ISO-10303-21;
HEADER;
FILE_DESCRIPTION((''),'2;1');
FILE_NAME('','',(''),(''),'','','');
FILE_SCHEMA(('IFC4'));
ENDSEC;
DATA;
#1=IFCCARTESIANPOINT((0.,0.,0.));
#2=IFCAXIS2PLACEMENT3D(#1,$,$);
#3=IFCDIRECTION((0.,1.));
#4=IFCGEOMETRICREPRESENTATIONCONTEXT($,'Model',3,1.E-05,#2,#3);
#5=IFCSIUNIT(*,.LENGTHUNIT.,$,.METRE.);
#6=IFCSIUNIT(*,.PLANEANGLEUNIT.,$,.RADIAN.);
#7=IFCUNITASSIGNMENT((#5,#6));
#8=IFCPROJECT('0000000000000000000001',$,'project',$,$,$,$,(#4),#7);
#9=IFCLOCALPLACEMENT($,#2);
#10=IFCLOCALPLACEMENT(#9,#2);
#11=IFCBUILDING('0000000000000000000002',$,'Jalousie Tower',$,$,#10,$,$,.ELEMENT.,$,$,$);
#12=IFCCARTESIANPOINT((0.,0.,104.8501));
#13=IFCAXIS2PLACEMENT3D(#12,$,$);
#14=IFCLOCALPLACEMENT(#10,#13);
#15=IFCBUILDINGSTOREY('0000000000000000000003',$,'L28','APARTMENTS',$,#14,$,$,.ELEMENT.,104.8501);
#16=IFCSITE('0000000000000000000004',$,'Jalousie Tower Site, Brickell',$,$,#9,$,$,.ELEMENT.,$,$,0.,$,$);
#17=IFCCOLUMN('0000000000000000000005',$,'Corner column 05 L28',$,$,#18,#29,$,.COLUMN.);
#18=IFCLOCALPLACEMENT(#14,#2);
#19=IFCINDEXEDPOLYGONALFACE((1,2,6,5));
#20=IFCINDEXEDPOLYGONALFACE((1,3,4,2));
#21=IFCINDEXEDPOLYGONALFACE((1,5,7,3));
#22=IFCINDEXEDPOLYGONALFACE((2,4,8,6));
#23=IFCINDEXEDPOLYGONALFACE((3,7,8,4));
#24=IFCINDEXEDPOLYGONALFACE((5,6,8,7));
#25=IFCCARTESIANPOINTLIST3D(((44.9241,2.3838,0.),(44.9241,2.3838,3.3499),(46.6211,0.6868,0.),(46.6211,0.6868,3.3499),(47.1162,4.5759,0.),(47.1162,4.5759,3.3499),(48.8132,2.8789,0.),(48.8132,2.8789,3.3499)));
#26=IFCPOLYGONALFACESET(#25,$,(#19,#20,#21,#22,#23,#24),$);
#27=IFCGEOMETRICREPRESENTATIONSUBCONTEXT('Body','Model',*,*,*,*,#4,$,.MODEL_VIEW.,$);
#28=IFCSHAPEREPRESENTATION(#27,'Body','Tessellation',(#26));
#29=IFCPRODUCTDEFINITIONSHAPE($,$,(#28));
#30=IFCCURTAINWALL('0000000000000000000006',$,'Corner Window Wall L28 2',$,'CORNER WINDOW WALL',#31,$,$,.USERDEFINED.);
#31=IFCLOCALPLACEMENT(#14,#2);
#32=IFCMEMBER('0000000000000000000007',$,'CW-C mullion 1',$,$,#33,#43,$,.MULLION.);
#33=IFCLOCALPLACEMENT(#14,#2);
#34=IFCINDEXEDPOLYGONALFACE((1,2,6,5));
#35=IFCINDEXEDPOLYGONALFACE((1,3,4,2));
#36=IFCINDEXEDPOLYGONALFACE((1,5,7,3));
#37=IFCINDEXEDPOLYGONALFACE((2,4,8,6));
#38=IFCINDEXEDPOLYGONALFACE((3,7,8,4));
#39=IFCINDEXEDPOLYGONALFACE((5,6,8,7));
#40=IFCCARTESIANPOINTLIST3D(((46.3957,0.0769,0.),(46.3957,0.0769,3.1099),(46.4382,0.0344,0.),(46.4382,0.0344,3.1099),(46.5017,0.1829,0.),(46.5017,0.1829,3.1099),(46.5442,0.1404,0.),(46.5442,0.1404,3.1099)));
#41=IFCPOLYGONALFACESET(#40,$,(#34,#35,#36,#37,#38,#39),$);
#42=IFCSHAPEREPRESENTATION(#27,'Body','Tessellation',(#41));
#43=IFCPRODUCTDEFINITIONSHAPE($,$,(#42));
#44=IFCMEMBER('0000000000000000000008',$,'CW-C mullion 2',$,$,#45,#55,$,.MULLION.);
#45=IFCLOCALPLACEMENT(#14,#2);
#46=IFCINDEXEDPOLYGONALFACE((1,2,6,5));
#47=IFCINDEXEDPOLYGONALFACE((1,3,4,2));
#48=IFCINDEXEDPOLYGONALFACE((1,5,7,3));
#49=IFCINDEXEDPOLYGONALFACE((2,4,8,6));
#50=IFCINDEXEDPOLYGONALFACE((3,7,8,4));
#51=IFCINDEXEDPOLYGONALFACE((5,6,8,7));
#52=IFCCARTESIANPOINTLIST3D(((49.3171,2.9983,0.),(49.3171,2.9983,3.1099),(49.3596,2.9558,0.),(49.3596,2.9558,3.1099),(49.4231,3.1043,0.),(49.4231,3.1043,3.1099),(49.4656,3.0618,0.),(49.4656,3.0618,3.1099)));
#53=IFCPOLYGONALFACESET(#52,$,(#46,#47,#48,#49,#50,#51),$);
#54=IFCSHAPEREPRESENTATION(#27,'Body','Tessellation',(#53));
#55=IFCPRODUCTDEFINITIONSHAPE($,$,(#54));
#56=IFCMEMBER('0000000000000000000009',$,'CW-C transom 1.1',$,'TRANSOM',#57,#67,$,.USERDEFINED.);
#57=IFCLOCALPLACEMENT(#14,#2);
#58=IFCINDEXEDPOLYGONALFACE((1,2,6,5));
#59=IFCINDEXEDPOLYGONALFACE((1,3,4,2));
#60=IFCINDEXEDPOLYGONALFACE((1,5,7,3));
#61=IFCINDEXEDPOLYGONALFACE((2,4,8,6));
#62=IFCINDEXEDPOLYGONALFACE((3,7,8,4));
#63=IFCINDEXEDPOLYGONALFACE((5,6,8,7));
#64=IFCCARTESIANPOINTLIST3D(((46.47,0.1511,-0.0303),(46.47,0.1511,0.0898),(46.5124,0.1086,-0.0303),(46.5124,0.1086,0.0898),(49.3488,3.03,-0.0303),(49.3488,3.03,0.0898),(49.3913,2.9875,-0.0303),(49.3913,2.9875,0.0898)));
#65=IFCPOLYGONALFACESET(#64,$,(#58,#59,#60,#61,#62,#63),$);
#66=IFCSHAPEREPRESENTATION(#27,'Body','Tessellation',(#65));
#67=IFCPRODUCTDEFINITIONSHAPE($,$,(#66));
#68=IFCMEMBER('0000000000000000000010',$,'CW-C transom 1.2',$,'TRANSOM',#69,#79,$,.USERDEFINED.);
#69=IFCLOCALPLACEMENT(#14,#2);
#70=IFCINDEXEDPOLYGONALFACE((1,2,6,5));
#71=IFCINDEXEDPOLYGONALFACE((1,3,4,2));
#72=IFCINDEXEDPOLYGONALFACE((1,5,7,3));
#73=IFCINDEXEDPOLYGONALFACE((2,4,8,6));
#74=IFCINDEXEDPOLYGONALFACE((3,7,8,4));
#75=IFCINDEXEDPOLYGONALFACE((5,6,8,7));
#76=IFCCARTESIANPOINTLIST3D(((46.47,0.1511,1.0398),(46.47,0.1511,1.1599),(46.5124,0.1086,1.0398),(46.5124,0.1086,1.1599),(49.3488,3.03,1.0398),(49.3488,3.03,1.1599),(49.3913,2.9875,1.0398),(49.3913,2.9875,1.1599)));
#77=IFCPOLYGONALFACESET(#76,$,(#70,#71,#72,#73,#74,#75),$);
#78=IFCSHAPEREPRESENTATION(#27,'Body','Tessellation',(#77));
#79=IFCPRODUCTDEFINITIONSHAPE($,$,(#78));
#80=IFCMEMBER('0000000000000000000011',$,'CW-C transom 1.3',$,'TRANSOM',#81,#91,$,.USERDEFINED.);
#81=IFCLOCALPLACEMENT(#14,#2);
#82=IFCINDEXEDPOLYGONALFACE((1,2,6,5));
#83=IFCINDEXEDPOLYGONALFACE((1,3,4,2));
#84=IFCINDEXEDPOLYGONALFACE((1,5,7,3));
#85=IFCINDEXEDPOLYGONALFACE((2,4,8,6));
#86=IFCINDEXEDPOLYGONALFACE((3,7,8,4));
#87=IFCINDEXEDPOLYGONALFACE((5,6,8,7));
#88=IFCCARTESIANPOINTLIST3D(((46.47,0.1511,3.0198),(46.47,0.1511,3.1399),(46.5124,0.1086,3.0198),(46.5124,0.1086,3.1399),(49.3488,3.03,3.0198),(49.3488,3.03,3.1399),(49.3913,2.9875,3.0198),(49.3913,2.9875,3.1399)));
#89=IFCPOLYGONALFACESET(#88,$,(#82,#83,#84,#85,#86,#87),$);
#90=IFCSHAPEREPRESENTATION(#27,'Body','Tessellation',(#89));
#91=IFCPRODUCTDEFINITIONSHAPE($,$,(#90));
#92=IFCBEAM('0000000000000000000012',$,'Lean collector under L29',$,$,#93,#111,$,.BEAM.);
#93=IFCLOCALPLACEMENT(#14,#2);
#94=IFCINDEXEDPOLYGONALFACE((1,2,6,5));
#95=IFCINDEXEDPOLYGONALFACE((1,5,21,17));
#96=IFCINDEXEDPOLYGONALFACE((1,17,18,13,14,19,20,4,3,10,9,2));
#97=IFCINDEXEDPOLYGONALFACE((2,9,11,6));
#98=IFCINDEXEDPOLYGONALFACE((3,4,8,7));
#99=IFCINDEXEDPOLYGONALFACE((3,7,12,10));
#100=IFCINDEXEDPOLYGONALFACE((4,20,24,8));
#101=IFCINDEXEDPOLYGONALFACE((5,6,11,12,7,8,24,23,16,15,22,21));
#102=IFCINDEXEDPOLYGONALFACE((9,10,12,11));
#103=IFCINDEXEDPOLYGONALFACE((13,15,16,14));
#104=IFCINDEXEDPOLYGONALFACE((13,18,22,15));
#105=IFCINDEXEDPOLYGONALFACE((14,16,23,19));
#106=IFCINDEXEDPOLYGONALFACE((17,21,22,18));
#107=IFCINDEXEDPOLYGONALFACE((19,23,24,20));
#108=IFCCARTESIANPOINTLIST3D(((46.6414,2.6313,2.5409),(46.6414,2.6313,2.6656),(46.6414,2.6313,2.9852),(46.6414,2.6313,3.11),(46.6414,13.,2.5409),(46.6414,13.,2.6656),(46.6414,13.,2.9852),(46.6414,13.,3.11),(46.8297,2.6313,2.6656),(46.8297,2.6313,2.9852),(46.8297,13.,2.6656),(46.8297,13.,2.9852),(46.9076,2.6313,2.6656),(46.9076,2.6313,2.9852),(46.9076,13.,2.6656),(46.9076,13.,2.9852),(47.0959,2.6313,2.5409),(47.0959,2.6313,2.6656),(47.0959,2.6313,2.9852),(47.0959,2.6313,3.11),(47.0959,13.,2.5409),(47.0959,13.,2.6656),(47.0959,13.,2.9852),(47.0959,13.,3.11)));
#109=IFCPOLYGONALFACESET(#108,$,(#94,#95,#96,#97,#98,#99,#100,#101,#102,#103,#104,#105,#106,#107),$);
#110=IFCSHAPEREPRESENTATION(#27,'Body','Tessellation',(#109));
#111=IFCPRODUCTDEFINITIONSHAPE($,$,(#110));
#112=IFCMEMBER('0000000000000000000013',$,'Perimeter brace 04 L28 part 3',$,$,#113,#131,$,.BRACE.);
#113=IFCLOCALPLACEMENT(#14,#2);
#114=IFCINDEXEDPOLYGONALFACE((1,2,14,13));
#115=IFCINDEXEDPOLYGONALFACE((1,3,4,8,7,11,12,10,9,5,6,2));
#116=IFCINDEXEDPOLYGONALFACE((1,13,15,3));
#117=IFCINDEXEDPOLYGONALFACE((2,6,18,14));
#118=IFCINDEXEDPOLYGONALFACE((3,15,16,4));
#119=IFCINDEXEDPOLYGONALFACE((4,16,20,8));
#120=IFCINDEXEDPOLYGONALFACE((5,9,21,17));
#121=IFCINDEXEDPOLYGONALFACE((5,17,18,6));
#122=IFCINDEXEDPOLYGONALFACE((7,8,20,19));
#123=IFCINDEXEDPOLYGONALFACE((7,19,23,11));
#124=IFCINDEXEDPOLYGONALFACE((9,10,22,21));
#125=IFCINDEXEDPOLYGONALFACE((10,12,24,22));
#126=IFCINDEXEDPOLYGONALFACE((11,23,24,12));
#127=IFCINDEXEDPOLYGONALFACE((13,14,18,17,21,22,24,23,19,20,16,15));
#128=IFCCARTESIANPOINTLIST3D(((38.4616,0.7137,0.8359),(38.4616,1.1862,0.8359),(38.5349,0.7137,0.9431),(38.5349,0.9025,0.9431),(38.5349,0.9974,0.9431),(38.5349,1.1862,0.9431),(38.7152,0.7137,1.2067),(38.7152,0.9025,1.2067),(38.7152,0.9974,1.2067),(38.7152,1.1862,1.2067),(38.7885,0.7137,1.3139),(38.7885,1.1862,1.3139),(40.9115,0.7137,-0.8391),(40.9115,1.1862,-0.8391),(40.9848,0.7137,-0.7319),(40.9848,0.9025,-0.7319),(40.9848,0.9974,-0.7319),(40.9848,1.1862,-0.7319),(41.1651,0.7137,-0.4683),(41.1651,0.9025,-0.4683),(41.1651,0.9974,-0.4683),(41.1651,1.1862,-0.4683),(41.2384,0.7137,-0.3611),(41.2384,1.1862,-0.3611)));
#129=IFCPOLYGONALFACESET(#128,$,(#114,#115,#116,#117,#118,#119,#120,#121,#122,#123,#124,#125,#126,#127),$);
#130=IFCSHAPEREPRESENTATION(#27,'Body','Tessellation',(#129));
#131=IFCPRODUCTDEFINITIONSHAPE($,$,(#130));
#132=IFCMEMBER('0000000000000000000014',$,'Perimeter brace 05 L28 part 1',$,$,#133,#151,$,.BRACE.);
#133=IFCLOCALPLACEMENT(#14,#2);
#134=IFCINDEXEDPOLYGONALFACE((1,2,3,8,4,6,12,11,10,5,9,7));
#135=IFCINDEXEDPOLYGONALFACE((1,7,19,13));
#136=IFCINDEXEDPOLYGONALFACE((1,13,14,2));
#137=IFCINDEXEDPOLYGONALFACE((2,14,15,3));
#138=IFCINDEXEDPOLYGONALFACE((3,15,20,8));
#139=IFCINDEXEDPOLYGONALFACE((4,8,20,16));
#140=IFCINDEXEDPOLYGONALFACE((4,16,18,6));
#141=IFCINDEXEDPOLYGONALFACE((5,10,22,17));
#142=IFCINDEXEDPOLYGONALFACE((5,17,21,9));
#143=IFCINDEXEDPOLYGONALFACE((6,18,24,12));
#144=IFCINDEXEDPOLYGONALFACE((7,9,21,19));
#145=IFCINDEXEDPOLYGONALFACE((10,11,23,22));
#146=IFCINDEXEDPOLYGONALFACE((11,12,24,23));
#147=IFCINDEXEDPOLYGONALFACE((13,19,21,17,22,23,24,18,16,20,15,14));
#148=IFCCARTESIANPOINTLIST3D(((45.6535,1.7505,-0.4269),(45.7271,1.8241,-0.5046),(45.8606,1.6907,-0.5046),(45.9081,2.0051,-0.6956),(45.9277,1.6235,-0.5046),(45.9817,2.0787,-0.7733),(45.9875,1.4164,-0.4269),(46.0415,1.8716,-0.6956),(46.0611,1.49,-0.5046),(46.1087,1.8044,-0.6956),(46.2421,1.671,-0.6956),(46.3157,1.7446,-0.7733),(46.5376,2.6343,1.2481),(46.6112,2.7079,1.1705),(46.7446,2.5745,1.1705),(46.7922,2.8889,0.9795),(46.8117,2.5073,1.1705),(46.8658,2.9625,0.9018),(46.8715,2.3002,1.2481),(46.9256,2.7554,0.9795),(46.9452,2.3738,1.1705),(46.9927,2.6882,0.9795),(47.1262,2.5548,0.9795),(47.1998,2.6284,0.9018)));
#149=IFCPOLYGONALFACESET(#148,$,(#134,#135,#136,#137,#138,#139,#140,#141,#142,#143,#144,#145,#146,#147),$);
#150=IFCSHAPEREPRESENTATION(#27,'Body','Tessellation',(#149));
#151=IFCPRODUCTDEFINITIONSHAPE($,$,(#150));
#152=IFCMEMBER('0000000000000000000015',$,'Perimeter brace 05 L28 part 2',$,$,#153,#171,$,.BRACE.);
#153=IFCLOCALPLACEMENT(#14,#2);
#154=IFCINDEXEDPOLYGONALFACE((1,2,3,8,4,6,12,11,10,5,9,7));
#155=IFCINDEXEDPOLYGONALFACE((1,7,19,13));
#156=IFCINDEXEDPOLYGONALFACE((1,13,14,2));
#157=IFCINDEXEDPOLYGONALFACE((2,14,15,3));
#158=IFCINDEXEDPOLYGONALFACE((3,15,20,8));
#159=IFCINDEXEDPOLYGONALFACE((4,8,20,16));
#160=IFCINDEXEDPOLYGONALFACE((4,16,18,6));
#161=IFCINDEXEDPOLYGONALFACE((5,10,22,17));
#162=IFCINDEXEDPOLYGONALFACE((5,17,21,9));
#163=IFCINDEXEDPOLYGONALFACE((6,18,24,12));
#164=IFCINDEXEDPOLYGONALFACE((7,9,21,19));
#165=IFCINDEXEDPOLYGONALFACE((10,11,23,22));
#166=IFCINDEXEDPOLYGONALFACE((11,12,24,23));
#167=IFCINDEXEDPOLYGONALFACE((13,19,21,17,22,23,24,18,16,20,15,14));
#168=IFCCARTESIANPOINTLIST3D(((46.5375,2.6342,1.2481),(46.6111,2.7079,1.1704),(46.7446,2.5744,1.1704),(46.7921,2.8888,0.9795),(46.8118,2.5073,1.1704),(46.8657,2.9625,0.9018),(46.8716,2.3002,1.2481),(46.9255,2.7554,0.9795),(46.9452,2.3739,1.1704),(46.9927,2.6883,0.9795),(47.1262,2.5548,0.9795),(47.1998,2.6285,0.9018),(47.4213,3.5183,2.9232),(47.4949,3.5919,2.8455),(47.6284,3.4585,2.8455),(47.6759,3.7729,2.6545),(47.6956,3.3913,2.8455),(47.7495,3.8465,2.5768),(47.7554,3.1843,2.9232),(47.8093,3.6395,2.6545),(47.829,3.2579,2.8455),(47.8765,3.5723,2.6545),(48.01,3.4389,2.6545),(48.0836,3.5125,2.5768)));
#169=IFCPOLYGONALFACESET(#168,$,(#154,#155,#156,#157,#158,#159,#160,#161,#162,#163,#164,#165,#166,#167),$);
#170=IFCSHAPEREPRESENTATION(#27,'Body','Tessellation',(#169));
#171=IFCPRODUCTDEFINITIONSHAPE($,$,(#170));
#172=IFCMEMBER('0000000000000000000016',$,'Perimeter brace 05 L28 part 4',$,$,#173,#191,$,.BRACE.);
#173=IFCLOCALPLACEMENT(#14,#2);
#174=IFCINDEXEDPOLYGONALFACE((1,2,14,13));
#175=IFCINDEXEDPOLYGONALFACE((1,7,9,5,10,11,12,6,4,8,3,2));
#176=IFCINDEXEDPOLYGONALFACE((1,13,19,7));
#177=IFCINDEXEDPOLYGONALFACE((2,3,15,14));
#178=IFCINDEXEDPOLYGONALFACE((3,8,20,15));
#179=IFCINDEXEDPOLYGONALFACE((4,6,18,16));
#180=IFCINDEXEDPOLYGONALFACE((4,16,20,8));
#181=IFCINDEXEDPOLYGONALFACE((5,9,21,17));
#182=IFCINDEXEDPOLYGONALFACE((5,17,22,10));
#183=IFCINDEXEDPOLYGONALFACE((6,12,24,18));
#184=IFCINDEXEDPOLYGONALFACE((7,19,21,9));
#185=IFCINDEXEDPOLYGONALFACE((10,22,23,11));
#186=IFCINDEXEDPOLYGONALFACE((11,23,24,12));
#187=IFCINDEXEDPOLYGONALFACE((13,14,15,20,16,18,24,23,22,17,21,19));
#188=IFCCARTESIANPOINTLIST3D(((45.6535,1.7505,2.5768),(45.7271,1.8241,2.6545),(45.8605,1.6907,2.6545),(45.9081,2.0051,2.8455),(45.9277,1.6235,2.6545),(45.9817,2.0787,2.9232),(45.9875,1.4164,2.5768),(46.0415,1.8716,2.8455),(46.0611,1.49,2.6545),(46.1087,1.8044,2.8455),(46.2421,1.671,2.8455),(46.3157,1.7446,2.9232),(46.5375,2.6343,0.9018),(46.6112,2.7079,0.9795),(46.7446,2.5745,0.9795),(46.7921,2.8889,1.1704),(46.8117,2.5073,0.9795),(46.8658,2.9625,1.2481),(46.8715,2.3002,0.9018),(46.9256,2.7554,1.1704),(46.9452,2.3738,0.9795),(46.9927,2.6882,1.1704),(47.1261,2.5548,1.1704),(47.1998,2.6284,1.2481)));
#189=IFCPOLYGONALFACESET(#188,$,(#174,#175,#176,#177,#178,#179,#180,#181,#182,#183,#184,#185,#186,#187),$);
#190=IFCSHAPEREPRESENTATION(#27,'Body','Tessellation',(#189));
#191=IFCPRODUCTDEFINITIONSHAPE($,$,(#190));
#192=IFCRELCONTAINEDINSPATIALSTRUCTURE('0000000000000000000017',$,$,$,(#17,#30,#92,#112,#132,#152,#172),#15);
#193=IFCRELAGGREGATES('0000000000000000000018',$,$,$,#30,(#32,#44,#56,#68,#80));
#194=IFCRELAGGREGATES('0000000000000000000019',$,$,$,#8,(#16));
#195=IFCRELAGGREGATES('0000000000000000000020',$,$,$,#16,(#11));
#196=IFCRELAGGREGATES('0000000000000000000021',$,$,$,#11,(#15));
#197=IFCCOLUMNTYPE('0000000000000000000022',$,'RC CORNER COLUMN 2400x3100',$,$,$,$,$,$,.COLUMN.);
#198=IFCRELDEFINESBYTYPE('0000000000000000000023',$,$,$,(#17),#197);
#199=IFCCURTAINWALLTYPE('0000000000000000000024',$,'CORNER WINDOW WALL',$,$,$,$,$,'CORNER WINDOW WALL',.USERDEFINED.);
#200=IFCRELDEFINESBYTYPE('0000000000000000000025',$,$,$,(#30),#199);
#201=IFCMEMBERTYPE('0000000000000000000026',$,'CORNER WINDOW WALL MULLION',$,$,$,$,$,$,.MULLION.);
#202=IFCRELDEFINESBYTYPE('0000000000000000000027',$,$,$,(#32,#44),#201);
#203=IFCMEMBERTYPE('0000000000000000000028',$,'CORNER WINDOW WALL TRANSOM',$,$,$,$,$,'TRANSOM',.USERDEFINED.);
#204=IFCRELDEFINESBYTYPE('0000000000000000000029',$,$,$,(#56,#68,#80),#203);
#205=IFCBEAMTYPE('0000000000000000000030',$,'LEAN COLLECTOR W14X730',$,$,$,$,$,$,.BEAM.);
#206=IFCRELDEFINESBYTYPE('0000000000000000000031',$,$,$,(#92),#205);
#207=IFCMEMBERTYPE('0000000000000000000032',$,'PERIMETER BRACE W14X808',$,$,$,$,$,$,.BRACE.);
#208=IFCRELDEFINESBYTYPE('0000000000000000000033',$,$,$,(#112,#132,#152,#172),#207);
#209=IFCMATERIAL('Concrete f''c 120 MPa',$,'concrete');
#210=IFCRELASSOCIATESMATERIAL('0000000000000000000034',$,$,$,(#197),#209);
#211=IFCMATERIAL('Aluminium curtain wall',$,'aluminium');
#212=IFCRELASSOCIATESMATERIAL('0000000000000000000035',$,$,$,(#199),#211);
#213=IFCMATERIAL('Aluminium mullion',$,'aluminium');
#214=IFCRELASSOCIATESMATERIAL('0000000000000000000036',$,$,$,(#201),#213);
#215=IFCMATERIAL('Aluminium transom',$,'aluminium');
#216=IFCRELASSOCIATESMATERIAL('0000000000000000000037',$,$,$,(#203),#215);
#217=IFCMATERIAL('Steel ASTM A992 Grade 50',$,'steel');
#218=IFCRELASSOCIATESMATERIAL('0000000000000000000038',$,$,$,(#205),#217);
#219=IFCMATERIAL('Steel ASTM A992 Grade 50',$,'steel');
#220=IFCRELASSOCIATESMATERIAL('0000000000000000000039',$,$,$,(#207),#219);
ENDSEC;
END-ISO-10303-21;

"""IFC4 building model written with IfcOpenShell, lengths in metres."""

from ifc_helpers import new_model, si_unit, direction, frame, origin, origin_2d, place, context, subcontext, project, spatial, rectangle, i_section, extrude, material, material_profile, profile_set, type_object, element, aggregate, save


model = new_model("IFC4")

# Units and contexts
model_context = context("Model", 3, precision=1e-05, world=origin(), true_north=direction((0.0, 1.0)))
body_context = subcontext(model_context, "Body", "Model", "MODEL_VIEW")
ifc_project = project(units=[si_unit("LENGTHUNIT", "METRE"), si_unit("PLANEANGLEUNIT", "RADIAN")], contexts=[model_context])

# Site, building, storey
site_placement = place(None, origin())
site = spatial("IfcSite", under=ifc_project, at=site_placement, Name="Jalousie Tower Site, Brickell", CompositionType="ELEMENT", RefElevation=0.0)
building_placement = place(site_placement, origin())
building = spatial("IfcBuilding", under=site, at=building_placement, Name="Jalousie Tower", CompositionType="ELEMENT")
storey_placement = place(building_placement, frame((0.0, 0.0, 104.8501)))
storey = spatial("IfcBuildingStorey", under=building, at=storey_placement, Name="L28", Description="APARTMENTS", CompositionType="ELEMENT", Elevation=104.8501)

# Column
ifc_material_1 = material(Name="Concrete f'c 120 MPa", Category="concrete")
ifc_material_profile_1 = material_profile(ifc_material_1, rectangle(XDim=2.3999, YDim=3.1001, at=origin_2d()), Name="RC 2400x3100")
ifc_profile_set_1 = profile_set([ifc_material_profile_1], Name="Concrete f'c 120 MPa")
column_type = type_object("IfcColumnType", Name="RC CORNER COLUMN 2400x3100", PredefinedType="COLUMN", material=ifc_profile_set_1)
column_placement = place(storey_placement, frame((46.8687, 2.6313, 0.0), z_axis=(0.0, 0.0, 1.0), x_axis=(-0.707107, 0.707107, 0.0)))
element("IfcColumn", 1, at=column_placement, inside=storey, type_object=column_type, Name="Corner column 05 L28", PredefinedType="COLUMN", context=body_context, shape_type="SweptSolid", body=[
    extrude(rectangle(XDim=2.3999, YDim=3.1001, at=origin_2d()), origin(), (0.0, 0.0, 1.0), 3.3499),
])

# Curtain wall, members
ifc_material_2 = material(Name="Aluminium curtain wall", Category="aluminium")
curtain_wall_type_1 = type_object("IfcCurtainWallType", Name="CORNER WINDOW WALL", ElementType="CORNER WINDOW WALL", PredefinedType="USERDEFINED", material=ifc_material_2)
curtain_wall_1_placement = place(storey_placement, origin())
curtain_wall_1 = element("IfcCurtainWall", 2, at=curtain_wall_1_placement, inside=storey, type_object=curtain_wall_type_1, Name="Corner Window Wall L28 2", ObjectType="CORNER WINDOW WALL", PredefinedType="USERDEFINED")
ifc_material_3 = material(Name="Aluminium mullion", Category="aluminium")
ifc_material_profile_2 = material_profile(ifc_material_3, rectangle(XDim=0.0601, YDim=0.1499, at=origin_2d()), Name="MULLION 60x150")
ifc_profile_set_2 = profile_set([ifc_material_profile_2], Name="Aluminium mullion")
member_type_1 = type_object("IfcMemberType", Name="CORNER WINDOW WALL MULLION", PredefinedType="MULLION", material=ifc_profile_set_2)
member_1_placement = place(storey_placement, frame((46.47, 0.1086, 0.0), z_axis=(0.0, 0.0, 1.0), x_axis=(-0.707107, 0.707107, 0.0)))
member_1 = element("IfcMember", 3, at=member_1_placement, type_object=member_type_1, Name="CW-C mullion 1", PredefinedType="MULLION", context=body_context, shape_type="SweptSolid", body=[
    extrude(rectangle(XDim=0.0601, YDim=0.1499, at=origin_2d()), origin(), (0.0, 0.0, 1.0), 3.1099),
])
member_2_placement = place(storey_placement, frame((49.3914, 3.03, 0.0), z_axis=(0.0, 0.0, 1.0), x_axis=(-0.707107, 0.707107, 0.0)))
member_2 = element("IfcMember", 4, at=member_2_placement, type_object=member_type_1, Name="CW-C mullion 2", PredefinedType="MULLION", context=body_context, shape_type="SweptSolid", body=[
    extrude(rectangle(XDim=0.0601, YDim=0.1499, at=origin_2d()), origin(), (0.0, 0.0, 1.0), 3.1099),
])
ifc_material_4 = material(Name="Aluminium transom", Category="aluminium")
ifc_material_profile_3 = material_profile(ifc_material_4, rectangle(XDim=0.0601, YDim=0.1201, at=origin_2d()), Name="TRANSOM 60x120")
ifc_profile_set_3 = profile_set([ifc_material_profile_3], Name="Aluminium transom")
member_type_2 = type_object("IfcMemberType", Name="CORNER WINDOW WALL TRANSOM", ElementType="TRANSOM", PredefinedType="USERDEFINED", material=ifc_profile_set_3)
member_3_placement = place(storey_placement, frame((46.4912, 0.1299, 0.0298), z_axis=(0.707107, 0.707107, 0.0), x_axis=(-0.707107, 0.707107, 0.0)))
member_3 = element("IfcMember", 5, at=member_3_placement, type_object=member_type_2, Name="CW-C transom 1.1", ObjectType="TRANSOM", PredefinedType="USERDEFINED", context=body_context, shape_type="SweptSolid", body=[
    extrude(rectangle(XDim=0.0601, YDim=0.1201, at=origin_2d()), origin(), (0.0, 0.0, 1.0), 4.0713),
])
member_4_placement = place(storey_placement, frame((46.4912, 0.1299, 1.0999), z_axis=(0.707107, 0.707107, 0.0), x_axis=(-0.707107, 0.707107, 0.0)))
member_4 = element("IfcMember", 6, at=member_4_placement, type_object=member_type_2, Name="CW-C transom 1.2", ObjectType="TRANSOM", PredefinedType="USERDEFINED", context=body_context, shape_type="SweptSolid", body=[
    extrude(rectangle(XDim=0.0601, YDim=0.1201, at=origin_2d()), origin(), (0.0, 0.0, 1.0), 4.0713),
])
member_5_placement = place(storey_placement, frame((46.4912, 0.1299, 3.0798), z_axis=(0.707107, 0.707107, 0.0), x_axis=(-0.707107, 0.707107, 0.0)))
member_5 = element("IfcMember", 7, at=member_5_placement, type_object=member_type_2, Name="CW-C transom 1.3", ObjectType="TRANSOM", PredefinedType="USERDEFINED", context=body_context, shape_type="SweptSolid", body=[
    extrude(rectangle(XDim=0.0601, YDim=0.1201, at=origin_2d()), origin(), (0.0, 0.0, 1.0), 4.0713),
])

# Beam
ifc_material_5 = material(Name="Steel ASTM A992 Grade 50", Category="steel")
ifc_material_profile_4 = material_profile(ifc_material_5, i_section(OverallWidth=0.4546, OverallDepth=0.5691, WebThickness=0.0779, FlangeThickness=0.1248, at=origin_2d()), Name="W14X730")
ifc_profile_set_4 = profile_set([ifc_material_profile_4], Name="Steel ASTM A992 Grade 50")
beam_type_1 = type_object("IfcBeamType", Name="LEAN COLLECTOR W14X730", PredefinedType="BEAM", material=ifc_profile_set_4)
beam_1_placement = place(storey_placement, frame((46.8687, 2.6313, 2.8254), z_axis=(0.0, 1.0, 0.0), x_axis=(-1.0, 0.0, 0.0)))
element("IfcBeam", 8, at=beam_1_placement, inside=storey, type_object=beam_type_1, Name="Lean collector under L29", PredefinedType="BEAM", context=body_context, shape_type="SweptSolid", body=[
    extrude(i_section(OverallWidth=0.4546, OverallDepth=0.5691, WebThickness=0.0779, FlangeThickness=0.1248, at=origin_2d()), origin(), (0.0, 0.0, 1.0), 10.3687),
])

# Members
ifc_material_6 = material(Name="Steel ASTM A992 Grade 50", Category="steel")
ifc_material_profile_5 = material_profile(ifc_material_6, i_section(OverallWidth=0.4724, OverallDepth=0.5791, WebThickness=0.095, FlangeThickness=0.1299, at=origin_2d()), Name="W14X808")
ifc_profile_set_5 = profile_set([ifc_material_profile_5], Name="Steel ASTM A992 Grade 50")
member_type_3 = type_object("IfcMemberType", Name="PERIMETER BRACE W14X808", PredefinedType="BRACE", material=ifc_profile_set_5)
member_6_placement = place(storey_placement, frame((41.075, 0.95, -0.6001), z_axis=(-0.825501, 0.0, 0.564401), x_axis=(0.0, -1.0, 0.0)))
element("IfcMember", 9, at=member_6_placement, inside=storey, type_object=member_type_3, Name="Perimeter brace 04 L28 part 3", PredefinedType="BRACE", context=body_context, shape_type="SweptSolid", body=[
    extrude(i_section(OverallWidth=0.4724, OverallDepth=0.5791, WebThickness=0.095, FlangeThickness=0.1299, at=origin_2d()), origin(), (0.0, 0.0, 1.0), 2.9678),
])
for number, where, z_axis, x_axis, name in (
    (10, (45.9846, 1.7476, -0.6001), (0.422969, 0.422852, 0.801432), (-0.707009, 0.707204, 0.0), "Perimeter brace 05 L28 part 1"),
    (11, (46.8687, 2.6313, 1.075), (0.422852, 0.422969, 0.801432), (-0.707204, 0.707009, 0.0), "Perimeter brace 05 L28 part 2"),
    (12, (46.8687, 2.6313, 1.075), (-0.422969, -0.422852, 0.801432), (0.707009, -0.707204, 0.0), "Perimeter brace 05 L28 part 4"),
):
    element("IfcMember", number, at=place(storey_placement, frame(where, z_axis=z_axis, x_axis=x_axis)), inside=storey, type_object=member_type_3, Name=name, PredefinedType="BRACE", context=body_context, shape_type="SweptSolid", body=[
        extrude(i_section(OverallWidth=0.4724, OverallDepth=0.5791, WebThickness=0.095, FlangeThickness=0.1299, at=origin_2d()), origin(), (0.0, 0.0, 1.0), 2.0901),
    ])

aggregate(curtain_wall_1, [member_1, member_2, member_3, member_4, member_5])

save(model, "model.ifc")
